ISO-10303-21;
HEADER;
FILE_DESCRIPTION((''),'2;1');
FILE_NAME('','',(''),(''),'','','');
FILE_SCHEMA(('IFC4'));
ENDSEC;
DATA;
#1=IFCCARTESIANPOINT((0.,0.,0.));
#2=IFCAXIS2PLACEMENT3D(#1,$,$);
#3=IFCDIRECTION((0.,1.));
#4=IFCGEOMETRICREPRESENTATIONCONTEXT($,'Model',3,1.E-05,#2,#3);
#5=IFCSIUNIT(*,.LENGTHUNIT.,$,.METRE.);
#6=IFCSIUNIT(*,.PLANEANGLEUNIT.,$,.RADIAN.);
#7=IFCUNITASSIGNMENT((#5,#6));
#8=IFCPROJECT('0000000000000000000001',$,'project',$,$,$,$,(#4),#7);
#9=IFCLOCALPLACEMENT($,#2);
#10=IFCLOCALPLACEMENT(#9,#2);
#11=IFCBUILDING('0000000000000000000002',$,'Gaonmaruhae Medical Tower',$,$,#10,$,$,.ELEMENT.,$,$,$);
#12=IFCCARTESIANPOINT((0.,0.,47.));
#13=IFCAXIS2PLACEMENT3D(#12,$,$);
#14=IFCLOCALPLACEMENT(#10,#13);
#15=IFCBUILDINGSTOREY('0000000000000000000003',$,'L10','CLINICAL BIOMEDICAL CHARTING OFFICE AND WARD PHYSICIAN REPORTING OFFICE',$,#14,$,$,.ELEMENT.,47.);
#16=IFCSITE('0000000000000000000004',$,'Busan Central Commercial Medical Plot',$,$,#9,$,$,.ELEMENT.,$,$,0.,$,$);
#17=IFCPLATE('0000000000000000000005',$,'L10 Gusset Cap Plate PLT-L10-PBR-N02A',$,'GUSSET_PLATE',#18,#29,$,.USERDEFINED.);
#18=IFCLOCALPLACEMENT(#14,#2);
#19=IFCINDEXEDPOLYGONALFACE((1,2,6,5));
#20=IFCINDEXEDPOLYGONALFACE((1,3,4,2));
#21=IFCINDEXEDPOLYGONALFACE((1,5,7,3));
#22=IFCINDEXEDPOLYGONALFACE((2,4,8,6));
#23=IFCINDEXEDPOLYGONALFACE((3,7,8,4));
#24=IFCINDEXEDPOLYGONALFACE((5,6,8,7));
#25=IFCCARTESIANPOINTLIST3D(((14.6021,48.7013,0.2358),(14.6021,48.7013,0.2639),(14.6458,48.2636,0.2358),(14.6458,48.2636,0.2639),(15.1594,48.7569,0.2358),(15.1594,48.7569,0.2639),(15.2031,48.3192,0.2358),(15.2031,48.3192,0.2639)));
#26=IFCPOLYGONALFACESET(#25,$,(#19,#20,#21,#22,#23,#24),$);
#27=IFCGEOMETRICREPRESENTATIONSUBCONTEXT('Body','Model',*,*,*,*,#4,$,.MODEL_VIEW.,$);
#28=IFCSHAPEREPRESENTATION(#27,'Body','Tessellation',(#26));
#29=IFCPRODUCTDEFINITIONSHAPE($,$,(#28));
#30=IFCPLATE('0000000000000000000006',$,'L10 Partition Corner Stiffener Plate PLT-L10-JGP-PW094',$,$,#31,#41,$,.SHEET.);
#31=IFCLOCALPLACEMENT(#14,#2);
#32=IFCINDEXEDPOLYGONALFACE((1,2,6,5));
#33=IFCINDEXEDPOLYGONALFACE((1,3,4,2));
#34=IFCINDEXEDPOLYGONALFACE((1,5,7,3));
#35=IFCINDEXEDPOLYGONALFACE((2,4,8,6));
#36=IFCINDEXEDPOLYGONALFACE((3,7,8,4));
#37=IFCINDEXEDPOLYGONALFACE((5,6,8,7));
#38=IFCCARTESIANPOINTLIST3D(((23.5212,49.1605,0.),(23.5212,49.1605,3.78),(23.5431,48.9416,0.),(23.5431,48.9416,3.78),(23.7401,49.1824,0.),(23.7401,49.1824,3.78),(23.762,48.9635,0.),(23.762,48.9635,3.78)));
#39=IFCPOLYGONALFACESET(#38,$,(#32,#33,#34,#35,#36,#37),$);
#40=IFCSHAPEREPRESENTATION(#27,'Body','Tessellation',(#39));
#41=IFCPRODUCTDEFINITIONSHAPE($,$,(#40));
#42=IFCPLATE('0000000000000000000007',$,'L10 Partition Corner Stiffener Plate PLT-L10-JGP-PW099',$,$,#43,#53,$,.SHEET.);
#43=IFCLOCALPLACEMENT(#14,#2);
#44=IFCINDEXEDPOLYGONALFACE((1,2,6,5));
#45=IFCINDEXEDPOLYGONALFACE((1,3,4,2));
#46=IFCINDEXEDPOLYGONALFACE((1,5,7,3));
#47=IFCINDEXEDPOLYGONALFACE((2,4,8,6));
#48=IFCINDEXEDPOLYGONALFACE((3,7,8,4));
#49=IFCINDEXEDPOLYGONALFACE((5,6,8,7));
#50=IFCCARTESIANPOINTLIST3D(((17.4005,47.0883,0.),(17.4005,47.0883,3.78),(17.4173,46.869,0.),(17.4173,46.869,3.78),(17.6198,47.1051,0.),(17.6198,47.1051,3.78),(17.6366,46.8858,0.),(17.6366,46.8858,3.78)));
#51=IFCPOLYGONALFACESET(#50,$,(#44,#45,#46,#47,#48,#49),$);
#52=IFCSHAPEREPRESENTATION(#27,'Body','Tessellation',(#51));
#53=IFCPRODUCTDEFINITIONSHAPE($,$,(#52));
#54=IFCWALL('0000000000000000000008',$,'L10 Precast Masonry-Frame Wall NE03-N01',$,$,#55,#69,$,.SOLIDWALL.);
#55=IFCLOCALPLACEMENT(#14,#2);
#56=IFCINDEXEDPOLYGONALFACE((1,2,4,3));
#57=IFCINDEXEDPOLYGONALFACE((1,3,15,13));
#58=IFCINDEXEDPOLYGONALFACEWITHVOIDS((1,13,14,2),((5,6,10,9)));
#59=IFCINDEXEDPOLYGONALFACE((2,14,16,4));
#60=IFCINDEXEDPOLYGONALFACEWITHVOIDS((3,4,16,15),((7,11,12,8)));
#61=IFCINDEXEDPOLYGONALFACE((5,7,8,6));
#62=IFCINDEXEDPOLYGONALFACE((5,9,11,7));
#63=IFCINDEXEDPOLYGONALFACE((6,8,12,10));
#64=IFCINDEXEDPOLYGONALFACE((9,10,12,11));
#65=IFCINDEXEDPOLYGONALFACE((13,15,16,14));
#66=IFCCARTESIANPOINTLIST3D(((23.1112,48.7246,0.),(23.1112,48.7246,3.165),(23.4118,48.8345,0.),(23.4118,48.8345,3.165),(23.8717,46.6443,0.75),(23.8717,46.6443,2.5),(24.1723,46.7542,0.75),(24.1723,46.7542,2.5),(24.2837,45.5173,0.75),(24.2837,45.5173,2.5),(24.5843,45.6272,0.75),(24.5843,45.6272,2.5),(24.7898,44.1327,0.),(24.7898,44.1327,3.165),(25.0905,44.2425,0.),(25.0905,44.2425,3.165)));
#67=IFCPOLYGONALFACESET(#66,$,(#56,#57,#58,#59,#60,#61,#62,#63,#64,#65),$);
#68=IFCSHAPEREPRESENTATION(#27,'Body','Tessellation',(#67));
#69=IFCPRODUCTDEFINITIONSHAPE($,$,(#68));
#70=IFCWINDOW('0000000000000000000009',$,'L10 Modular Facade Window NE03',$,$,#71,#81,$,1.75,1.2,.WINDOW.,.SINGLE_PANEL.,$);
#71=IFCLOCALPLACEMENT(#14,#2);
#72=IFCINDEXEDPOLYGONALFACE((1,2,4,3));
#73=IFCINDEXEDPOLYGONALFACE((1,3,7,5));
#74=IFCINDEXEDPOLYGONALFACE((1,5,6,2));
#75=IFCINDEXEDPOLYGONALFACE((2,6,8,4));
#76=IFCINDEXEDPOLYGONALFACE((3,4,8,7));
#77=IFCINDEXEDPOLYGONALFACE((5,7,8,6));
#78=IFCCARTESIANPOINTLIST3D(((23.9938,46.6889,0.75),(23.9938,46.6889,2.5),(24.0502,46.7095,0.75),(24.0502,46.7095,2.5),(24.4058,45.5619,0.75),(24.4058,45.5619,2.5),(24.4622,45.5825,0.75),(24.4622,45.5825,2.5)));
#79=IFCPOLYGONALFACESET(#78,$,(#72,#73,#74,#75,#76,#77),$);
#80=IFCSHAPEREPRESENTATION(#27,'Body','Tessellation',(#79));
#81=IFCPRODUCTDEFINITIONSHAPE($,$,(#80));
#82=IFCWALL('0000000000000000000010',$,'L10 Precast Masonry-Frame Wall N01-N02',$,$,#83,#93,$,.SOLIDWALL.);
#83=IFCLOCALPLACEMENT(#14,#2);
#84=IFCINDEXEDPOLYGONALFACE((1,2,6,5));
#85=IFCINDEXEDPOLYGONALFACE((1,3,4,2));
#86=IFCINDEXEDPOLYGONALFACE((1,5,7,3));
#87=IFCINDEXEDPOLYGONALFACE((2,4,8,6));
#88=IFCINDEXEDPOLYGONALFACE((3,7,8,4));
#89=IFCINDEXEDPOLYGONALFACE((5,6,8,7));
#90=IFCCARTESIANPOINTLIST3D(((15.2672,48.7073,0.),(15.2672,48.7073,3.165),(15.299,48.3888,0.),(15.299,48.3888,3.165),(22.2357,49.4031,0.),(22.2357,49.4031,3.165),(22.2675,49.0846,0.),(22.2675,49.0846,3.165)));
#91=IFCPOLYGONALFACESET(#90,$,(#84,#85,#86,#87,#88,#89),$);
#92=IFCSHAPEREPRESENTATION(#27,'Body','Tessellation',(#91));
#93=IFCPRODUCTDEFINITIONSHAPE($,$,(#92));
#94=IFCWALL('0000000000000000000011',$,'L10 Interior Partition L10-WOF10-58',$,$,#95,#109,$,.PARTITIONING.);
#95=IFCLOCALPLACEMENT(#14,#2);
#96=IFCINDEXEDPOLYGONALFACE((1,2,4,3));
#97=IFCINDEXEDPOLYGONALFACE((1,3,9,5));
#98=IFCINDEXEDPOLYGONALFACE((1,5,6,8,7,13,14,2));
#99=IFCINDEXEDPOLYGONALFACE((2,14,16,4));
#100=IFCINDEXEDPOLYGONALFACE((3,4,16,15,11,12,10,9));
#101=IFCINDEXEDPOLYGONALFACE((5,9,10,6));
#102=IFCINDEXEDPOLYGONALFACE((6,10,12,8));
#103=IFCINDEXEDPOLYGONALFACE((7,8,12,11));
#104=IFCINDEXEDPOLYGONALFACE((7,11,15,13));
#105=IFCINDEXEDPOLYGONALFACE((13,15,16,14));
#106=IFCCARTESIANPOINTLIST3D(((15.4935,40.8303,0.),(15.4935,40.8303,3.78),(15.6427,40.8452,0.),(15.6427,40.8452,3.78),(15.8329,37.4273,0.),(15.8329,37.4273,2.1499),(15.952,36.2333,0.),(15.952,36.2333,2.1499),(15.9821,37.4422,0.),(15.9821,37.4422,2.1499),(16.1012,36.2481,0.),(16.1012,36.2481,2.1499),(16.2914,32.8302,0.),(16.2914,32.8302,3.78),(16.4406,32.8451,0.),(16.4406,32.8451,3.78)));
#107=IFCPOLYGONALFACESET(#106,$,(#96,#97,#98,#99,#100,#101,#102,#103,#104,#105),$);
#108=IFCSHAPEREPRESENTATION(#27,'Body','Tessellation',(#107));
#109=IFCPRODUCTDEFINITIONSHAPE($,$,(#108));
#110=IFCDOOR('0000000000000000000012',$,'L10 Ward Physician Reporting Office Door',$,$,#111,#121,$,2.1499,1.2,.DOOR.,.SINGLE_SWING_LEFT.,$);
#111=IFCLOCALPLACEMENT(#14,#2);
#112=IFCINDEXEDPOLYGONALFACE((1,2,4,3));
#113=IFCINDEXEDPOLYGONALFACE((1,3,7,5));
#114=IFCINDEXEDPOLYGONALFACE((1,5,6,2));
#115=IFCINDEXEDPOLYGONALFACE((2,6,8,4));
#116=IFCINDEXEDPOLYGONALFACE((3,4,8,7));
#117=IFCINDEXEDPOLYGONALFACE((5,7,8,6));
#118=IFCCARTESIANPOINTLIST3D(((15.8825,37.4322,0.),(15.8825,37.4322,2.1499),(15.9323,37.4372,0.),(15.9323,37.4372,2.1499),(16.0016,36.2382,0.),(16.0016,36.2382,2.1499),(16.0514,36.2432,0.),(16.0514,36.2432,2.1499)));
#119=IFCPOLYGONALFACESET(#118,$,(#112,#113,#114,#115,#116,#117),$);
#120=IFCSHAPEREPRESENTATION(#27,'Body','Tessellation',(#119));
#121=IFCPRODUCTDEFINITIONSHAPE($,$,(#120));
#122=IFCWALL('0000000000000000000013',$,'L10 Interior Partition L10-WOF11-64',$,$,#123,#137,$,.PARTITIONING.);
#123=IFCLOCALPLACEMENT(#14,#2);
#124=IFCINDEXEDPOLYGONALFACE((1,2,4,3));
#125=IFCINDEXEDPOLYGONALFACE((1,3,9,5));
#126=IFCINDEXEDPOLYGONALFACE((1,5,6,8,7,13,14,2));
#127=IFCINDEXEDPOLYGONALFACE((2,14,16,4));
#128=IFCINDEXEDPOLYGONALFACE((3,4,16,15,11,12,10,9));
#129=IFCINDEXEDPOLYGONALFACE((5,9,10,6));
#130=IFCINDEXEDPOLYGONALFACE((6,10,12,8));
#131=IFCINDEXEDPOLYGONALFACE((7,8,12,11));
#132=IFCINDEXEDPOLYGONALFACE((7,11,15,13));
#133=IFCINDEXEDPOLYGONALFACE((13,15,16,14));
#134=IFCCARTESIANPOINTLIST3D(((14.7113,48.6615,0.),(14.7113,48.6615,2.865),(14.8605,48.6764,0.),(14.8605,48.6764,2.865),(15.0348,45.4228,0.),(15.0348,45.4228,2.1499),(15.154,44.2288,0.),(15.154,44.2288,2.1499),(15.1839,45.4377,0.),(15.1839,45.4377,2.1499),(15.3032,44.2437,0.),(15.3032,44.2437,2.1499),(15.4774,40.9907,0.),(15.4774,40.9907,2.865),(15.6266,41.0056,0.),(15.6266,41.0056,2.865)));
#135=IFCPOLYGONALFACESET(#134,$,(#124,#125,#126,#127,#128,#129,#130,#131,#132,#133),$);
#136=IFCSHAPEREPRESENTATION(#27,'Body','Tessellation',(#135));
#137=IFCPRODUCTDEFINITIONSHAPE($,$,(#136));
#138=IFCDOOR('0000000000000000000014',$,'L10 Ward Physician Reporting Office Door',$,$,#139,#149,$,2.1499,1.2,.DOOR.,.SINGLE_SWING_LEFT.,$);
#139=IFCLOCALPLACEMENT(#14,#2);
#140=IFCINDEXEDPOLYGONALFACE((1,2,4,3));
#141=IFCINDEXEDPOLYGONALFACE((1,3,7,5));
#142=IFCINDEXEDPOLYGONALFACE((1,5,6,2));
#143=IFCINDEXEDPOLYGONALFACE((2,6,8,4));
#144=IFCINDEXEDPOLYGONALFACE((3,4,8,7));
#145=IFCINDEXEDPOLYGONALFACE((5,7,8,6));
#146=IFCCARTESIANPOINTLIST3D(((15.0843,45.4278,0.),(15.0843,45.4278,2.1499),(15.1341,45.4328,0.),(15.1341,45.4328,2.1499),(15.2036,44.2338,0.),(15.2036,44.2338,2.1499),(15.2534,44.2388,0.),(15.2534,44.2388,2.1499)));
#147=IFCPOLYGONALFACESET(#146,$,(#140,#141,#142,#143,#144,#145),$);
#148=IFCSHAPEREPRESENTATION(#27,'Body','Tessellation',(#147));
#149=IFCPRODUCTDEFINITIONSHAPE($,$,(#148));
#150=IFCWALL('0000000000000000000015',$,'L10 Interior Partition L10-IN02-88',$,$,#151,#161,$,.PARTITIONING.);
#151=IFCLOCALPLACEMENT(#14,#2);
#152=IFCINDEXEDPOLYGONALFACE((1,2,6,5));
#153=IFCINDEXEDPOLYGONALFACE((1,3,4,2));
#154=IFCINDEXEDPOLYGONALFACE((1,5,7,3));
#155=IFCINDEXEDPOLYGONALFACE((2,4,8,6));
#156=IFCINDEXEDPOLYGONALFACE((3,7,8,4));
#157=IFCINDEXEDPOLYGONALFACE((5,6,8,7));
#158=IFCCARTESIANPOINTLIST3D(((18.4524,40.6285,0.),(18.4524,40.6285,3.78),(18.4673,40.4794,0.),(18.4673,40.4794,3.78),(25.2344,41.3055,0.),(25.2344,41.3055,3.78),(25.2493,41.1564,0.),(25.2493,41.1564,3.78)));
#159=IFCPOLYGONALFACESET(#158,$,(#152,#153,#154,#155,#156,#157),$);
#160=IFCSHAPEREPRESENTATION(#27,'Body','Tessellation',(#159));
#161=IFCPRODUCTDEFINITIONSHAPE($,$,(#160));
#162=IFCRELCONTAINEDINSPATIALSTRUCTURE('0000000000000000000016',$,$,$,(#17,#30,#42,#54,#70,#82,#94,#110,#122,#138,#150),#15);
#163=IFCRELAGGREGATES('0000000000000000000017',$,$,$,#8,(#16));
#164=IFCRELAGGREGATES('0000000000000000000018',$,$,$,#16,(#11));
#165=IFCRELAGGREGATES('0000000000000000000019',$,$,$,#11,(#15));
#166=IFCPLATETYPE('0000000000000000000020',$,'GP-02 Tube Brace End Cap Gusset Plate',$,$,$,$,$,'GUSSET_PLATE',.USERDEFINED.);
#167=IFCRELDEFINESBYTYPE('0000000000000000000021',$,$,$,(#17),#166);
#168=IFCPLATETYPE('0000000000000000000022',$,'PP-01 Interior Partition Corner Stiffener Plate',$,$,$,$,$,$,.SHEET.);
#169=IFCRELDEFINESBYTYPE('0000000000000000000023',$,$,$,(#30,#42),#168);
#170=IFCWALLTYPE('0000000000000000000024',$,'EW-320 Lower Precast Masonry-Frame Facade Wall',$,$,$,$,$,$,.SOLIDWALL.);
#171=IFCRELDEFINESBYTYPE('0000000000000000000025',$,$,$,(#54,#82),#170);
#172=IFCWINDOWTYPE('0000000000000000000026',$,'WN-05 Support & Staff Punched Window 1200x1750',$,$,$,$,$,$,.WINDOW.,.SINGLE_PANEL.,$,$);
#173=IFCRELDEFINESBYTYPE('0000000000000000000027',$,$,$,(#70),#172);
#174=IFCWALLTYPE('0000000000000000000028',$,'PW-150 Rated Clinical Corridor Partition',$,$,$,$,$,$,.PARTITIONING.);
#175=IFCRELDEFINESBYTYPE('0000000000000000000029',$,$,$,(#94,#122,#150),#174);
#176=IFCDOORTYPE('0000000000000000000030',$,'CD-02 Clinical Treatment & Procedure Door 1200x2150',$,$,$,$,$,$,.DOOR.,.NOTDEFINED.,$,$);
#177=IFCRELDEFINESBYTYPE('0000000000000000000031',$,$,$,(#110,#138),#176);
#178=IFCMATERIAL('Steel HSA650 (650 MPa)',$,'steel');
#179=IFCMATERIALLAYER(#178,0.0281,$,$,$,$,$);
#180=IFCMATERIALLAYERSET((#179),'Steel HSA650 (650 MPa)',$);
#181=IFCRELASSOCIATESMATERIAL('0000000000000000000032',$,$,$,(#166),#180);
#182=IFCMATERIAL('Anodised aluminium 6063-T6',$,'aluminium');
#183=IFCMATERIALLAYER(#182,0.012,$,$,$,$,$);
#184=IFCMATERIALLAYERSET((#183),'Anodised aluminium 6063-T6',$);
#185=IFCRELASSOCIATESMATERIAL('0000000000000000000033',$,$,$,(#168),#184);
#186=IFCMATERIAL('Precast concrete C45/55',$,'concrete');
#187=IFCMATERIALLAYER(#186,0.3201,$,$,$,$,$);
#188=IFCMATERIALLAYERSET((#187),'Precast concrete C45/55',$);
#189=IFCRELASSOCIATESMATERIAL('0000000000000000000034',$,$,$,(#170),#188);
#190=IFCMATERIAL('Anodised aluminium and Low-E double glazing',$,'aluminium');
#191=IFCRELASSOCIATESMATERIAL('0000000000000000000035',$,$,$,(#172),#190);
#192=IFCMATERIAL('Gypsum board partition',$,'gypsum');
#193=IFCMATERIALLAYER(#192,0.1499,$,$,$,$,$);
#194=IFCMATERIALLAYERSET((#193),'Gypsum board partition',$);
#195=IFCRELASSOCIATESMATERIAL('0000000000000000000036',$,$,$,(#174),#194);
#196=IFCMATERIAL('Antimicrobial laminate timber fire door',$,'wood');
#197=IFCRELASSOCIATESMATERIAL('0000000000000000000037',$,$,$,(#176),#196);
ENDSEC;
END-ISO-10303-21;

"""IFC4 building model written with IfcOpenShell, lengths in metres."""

from ifc_helpers import new_model, si_unit, direction, frame, frame_2d, origin, origin_2d, place, context, subcontext, project, spatial, rectangle, extrude, material, layer, layer_set, type_object, element, fill, save


model = new_model("IFC4")

# Units and contexts
model_context = context("Model", 3, precision=1e-05, world=origin(), true_north=direction((0.0, 1.0)))
body_context = subcontext(model_context, "Body", "Model", "MODEL_VIEW")
ifc_project = project(units=[si_unit("LENGTHUNIT", "METRE"), si_unit("PLANEANGLEUNIT", "RADIAN")], contexts=[model_context])

# Site, building, storey
site_placement = place(None, origin())
site = spatial("IfcSite", under=ifc_project, at=site_placement, Name="Busan Central Commercial Medical Plot", CompositionType="ELEMENT", RefElevation=0.0)
building_placement = place(site_placement, origin())
building = spatial("IfcBuilding", under=site, at=building_placement, Name="Gaonmaruhae Medical Tower", CompositionType="ELEMENT")
storey_placement = place(building_placement, frame((0.0, 0.0, 47.0)))
storey = spatial("IfcBuildingStorey", under=building, at=storey_placement, Name="L10", Description="CLINICAL BIOMEDICAL CHARTING OFFICE AND WARD PHYSICIAN REPORTING OFFICE", CompositionType="ELEMENT", Elevation=47.0)

# Plates
ifc_material_1 = material(Name="Steel HSA650 (650 MPa)", Category="steel")
ifc_layer_1 = layer(ifc_material_1, 0.0281)
ifc_layer_set_1 = layer_set([ifc_layer_1], Name="Steel HSA650 (650 MPa)")
plate_type_1 = type_object("IfcPlateType", Name="GP-02 Tube Brace End Cap Gusset Plate", ElementType="GUSSET_PLATE", PredefinedType="USERDEFINED", material=ifc_layer_set_1)
plate_placement = place(storey_placement, frame((14.9026, 48.5103, 0.2358), z_axis=(0.0, 0.0, 1.0), x_axis=(0.995056, 0.09932, 0.0)))
element("IfcPlate", 1, at=plate_placement, inside=storey, type_object=plate_type_1, Name="L10 Gusset Cap Plate PLT-L10-PBR-N02A", ObjectType="GUSSET_PLATE", PredefinedType="USERDEFINED", context=body_context, shape_type="SweptSolid", body=[
    extrude(rectangle(XDim=0.5601, YDim=0.4399, at=origin_2d()), origin(), (0.0, 0.0, 1.0), 0.0281),
])
ifc_material_2 = material(Name="Anodised aluminium 6063-T6", Category="aluminium")
ifc_layer_2 = layer(ifc_material_2, 0.012)
ifc_layer_set_2 = layer_set([ifc_layer_2], Name="Anodised aluminium 6063-T6")
plate_type_2 = type_object("IfcPlateType", Name="PP-01 Interior Partition Corner Stiffener Plate", PredefinedType="SHEET", material=ifc_layer_set_2)
for number, where, z_axis, x_axis, name in (
    (2, (23.6416, 49.062, 0.0), (0.0, 0.0, 1.0), (0.099285, -0.995059, 0.0), "L10 Partition Corner Stiffener Plate PLT-L10-JGP-PW094"),
    (3, (17.5186, 46.9871, 0.0), (0.0, 0.0, 1.0), (-0.997067, -0.076528, 0.0), "L10 Partition Corner Stiffener Plate PLT-L10-JGP-PW099"),
):
    element("IfcPlate", number, at=place(storey_placement, frame(where, z_axis=z_axis, x_axis=x_axis)), inside=storey, type_object=plate_type_2, Name=name, PredefinedType="SHEET", context=body_context, shape_type="SweptSolid", body=[
        extrude(rectangle(XDim=0.22, YDim=0.22, at=origin_2d()), origin(), (0.0, 0.0, 1.0), 3.78),
    ])

# Wall, opening, window
ifc_material_3 = material(Name="Precast concrete C45/55", Category="concrete")
ifc_layer_3 = layer(ifc_material_3, 0.3201)
ifc_layer_set_3 = layer_set([ifc_layer_3], Name="Precast concrete C45/55")
wall_type_1 = type_object("IfcWallType", Name="EW-320 Lower Precast Masonry-Frame Facade Wall", PredefinedType="SOLIDWALL", material=ifc_layer_set_3)
wall_1_placement = place(storey_placement, frame((23.2615, 48.7795, 0.0), z_axis=(0.0, 0.0, 1.0), x_axis=(0.343346, -0.939209, 0.0)))
wall_1 = element("IfcWall", 4, at=wall_1_placement, inside=storey, type_object=wall_type_1, Name="L10 Precast Masonry-Frame Wall NE03-N01", PredefinedType="SOLIDWALL", context=body_context, shape_type="SweptSolid", body=[
    extrude(rectangle(XDim=4.8892, YDim=0.3201, at=frame_2d((2.4446, 0.0))), origin(), (0.0, 0.0, 1.0), 3.165),
])
opening_1_placement = place(wall_1_placement, frame((2.2148, 0.0, 0.75)))
opening_1 = element("IfcOpeningElement", 5, at=opening_1_placement, cuts=wall_1, PredefinedType="OPENING", context=body_context, shape_type="SweptSolid", body=[
    extrude(rectangle(XDim=1.2, YDim=1.75, at=frame_2d((0.6001, 0.875))), frame((0.0, 0.1699, 0.0), z_axis=(0.0, -1.0, 0.0), x_axis=(1.0, 0.0, 0.0)), (0.0, 0.0, 1.0), 0.3401),
])
ifc_material_4 = material(Name="Anodised aluminium and Low-E double glazing", Category="aluminium")
window_type = type_object("IfcWindowType", Name="WN-05 Support & Staff Punched Window 1200x1750", PartitioningType="SINGLE_PANEL", PredefinedType="WINDOW", material=ifc_material_4)
window_placement = place(opening_1_placement, origin())
window = element("IfcWindow", 6, at=window_placement, inside=storey, type_object=window_type, Name="L10 Modular Facade Window NE03", OverallHeight=1.75, OverallWidth=1.2, PartitioningType="SINGLE_PANEL", PredefinedType="WINDOW", context=body_context, shape_type="SweptSolid", body=[
    extrude(rectangle(XDim=1.2, YDim=1.75, at=frame_2d((0.6001, 0.875))), frame((0.0, 0.03, 0.0), z_axis=(0.0, -1.0, 0.0), x_axis=(1.0, 0.0, 0.0)), (0.0, 0.0, 1.0), 0.0601),
])
fill(opening_1, window)

# Wall
wall_2_placement = place(storey_placement, frame((15.2832, 48.5481, 0.0), z_axis=(0.0, 0.0, 1.0), x_axis=(0.995052, 0.099355, 0.0)))
element("IfcWall", 7, at=wall_2_placement, inside=storey, type_object=wall_type_1, Name="L10 Precast Masonry-Frame Wall N01-N02", PredefinedType="SOLIDWALL", context=body_context, shape_type="SweptSolid", body=[
    extrude(rectangle(XDim=7.0032, YDim=0.3201, at=frame_2d((3.5015, 0.0))), origin(), (0.0, 0.0, 1.0), 3.165),
])

# Walls, openings, doors
ifc_material_5 = material(Name="Gypsum board partition", Category="gypsum")
ifc_layer_4 = layer(ifc_material_5, 0.1499)
ifc_layer_set_4 = layer_set([ifc_layer_4], Name="Gypsum board partition")
wall_type_2 = type_object("IfcWallType", Name="PW-150 Rated Clinical Corridor Partition", PredefinedType="PARTITIONING", material=ifc_layer_set_4)
wall_3_placement = place(storey_placement, frame((15.5681, 40.8379, 0.0), z_axis=(0.0, 0.0, 1.0), x_axis=(0.099239, -0.995064, 0.0)))
wall_3 = element("IfcWall", 8, at=wall_3_placement, inside=storey, type_object=wall_type_2, Name="L10 Interior Partition L10-WOF10-58", PredefinedType="PARTITIONING", context=body_context, shape_type="SweptSolid", body=[
    extrude(rectangle(XDim=8.0398, YDim=0.1499, at=frame_2d((4.02, 0.0))), origin(), (0.0, 0.0, 1.0), 3.78),
])
opening_2_placement = place(wall_3_placement, frame((3.4199, 0.0, 0.0)))
opening_2 = element("IfcOpeningElement", 9, at=opening_2_placement, cuts=wall_3, PredefinedType="OPENING", context=body_context, shape_type="SweptSolid", body=[
    extrude(rectangle(XDim=1.2, YDim=2.1499, at=frame_2d((0.6001, 1.075))), frame((0.0, 0.085, 0.0), z_axis=(0.0, -1.0, 0.0), x_axis=(1.0, 0.0, 0.0)), (0.0, 0.0, 1.0), 0.1699),
])
ifc_material_6 = material(Name="Antimicrobial laminate timber fire door", Category="wood")
door_type_1 = type_object("IfcDoorType", Name="CD-02 Clinical Treatment & Procedure Door 1200x2150", OperationType="NOTDEFINED", PredefinedType="DOOR", material=ifc_material_6)
door_1_placement = place(opening_2_placement, origin())
door_1 = element("IfcDoor", 10, at=door_1_placement, inside=storey, type_object=door_type_1, Name="L10 Ward Physician Reporting Office Door", OperationType="SINGLE_SWING_LEFT", OverallHeight=2.1499, OverallWidth=1.2, PredefinedType="DOOR", context=body_context, shape_type="SweptSolid", body=[
    extrude(rectangle(XDim=1.2, YDim=2.1499, at=frame_2d((0.6001, 1.075))), frame((0.0, 0.0249, 0.0), z_axis=(0.0, -1.0, 0.0), x_axis=(1.0, 0.0, 0.0)), (0.0, 0.0, 1.0), 0.05),
])
fill(opening_2, door_1)
wall_4_placement = place(storey_placement, frame((14.7859, 48.6689, 0.0), z_axis=(0.0, 0.0, 1.0), x_axis=(0.099378, -0.99505, 0.0)))
wall_4 = element("IfcWall", 11, at=wall_4_placement, inside=storey, type_object=wall_type_2, Name="L10 Interior Partition L10-WOF11-64", PredefinedType="PARTITIONING", context=body_context, shape_type="SweptSolid", body=[
    extrude(rectangle(XDim=7.709, YDim=0.1499, at=frame_2d((3.8545, 0.0))), origin(), (0.0, 0.0, 1.0), 2.865),
])
opening_3_placement = place(wall_4_placement, frame((3.2546, 0.0, 0.0)))
opening_3 = element("IfcOpeningElement", 12, at=opening_3_placement, cuts=wall_4, PredefinedType="OPENING", context=body_context, shape_type="SweptSolid", body=[
    extrude(rectangle(XDim=1.2, YDim=2.1499, at=frame_2d((0.6001, 1.075))), frame((0.0, 0.085, 0.0), z_axis=(0.0, -1.0, 0.0), x_axis=(1.0, 0.0, 0.0)), (0.0, 0.0, 1.0), 0.1699),
])
door_2_placement = place(opening_3_placement, origin())
door_2 = element("IfcDoor", 13, at=door_2_placement, inside=storey, type_object=door_type_1, Name="L10 Ward Physician Reporting Office Door", OperationType="SINGLE_SWING_LEFT", OverallHeight=2.1499, OverallWidth=1.2, PredefinedType="DOOR", context=body_context, shape_type="SweptSolid", body=[
    extrude(rectangle(XDim=1.2, YDim=2.1499, at=frame_2d((0.6001, 1.075))), frame((0.0, 0.0249, 0.0), z_axis=(0.0, -1.0, 0.0), x_axis=(1.0, 0.0, 0.0)), (0.0, 0.0, 1.0), 0.05),
])
fill(opening_3, door_2)

# Wall
wall_5_placement = place(storey_placement, frame((18.46, 40.554, 0.0), z_axis=(0.0, 0.0, 1.0), x_axis=(0.995055, 0.09933, 0.0)))
element("IfcWall", 14, at=wall_5_placement, inside=storey, type_object=wall_type_2, Name="L10 Interior Partition L10-IN02-88", PredefinedType="PARTITIONING", context=body_context, shape_type="SweptSolid", body=[
    extrude(rectangle(XDim=6.8157, YDim=0.1499, at=frame_2d((3.4077, 0.0))), origin(), (0.0, 0.0, 1.0), 3.78),
])

save(model, "model.ifc")
